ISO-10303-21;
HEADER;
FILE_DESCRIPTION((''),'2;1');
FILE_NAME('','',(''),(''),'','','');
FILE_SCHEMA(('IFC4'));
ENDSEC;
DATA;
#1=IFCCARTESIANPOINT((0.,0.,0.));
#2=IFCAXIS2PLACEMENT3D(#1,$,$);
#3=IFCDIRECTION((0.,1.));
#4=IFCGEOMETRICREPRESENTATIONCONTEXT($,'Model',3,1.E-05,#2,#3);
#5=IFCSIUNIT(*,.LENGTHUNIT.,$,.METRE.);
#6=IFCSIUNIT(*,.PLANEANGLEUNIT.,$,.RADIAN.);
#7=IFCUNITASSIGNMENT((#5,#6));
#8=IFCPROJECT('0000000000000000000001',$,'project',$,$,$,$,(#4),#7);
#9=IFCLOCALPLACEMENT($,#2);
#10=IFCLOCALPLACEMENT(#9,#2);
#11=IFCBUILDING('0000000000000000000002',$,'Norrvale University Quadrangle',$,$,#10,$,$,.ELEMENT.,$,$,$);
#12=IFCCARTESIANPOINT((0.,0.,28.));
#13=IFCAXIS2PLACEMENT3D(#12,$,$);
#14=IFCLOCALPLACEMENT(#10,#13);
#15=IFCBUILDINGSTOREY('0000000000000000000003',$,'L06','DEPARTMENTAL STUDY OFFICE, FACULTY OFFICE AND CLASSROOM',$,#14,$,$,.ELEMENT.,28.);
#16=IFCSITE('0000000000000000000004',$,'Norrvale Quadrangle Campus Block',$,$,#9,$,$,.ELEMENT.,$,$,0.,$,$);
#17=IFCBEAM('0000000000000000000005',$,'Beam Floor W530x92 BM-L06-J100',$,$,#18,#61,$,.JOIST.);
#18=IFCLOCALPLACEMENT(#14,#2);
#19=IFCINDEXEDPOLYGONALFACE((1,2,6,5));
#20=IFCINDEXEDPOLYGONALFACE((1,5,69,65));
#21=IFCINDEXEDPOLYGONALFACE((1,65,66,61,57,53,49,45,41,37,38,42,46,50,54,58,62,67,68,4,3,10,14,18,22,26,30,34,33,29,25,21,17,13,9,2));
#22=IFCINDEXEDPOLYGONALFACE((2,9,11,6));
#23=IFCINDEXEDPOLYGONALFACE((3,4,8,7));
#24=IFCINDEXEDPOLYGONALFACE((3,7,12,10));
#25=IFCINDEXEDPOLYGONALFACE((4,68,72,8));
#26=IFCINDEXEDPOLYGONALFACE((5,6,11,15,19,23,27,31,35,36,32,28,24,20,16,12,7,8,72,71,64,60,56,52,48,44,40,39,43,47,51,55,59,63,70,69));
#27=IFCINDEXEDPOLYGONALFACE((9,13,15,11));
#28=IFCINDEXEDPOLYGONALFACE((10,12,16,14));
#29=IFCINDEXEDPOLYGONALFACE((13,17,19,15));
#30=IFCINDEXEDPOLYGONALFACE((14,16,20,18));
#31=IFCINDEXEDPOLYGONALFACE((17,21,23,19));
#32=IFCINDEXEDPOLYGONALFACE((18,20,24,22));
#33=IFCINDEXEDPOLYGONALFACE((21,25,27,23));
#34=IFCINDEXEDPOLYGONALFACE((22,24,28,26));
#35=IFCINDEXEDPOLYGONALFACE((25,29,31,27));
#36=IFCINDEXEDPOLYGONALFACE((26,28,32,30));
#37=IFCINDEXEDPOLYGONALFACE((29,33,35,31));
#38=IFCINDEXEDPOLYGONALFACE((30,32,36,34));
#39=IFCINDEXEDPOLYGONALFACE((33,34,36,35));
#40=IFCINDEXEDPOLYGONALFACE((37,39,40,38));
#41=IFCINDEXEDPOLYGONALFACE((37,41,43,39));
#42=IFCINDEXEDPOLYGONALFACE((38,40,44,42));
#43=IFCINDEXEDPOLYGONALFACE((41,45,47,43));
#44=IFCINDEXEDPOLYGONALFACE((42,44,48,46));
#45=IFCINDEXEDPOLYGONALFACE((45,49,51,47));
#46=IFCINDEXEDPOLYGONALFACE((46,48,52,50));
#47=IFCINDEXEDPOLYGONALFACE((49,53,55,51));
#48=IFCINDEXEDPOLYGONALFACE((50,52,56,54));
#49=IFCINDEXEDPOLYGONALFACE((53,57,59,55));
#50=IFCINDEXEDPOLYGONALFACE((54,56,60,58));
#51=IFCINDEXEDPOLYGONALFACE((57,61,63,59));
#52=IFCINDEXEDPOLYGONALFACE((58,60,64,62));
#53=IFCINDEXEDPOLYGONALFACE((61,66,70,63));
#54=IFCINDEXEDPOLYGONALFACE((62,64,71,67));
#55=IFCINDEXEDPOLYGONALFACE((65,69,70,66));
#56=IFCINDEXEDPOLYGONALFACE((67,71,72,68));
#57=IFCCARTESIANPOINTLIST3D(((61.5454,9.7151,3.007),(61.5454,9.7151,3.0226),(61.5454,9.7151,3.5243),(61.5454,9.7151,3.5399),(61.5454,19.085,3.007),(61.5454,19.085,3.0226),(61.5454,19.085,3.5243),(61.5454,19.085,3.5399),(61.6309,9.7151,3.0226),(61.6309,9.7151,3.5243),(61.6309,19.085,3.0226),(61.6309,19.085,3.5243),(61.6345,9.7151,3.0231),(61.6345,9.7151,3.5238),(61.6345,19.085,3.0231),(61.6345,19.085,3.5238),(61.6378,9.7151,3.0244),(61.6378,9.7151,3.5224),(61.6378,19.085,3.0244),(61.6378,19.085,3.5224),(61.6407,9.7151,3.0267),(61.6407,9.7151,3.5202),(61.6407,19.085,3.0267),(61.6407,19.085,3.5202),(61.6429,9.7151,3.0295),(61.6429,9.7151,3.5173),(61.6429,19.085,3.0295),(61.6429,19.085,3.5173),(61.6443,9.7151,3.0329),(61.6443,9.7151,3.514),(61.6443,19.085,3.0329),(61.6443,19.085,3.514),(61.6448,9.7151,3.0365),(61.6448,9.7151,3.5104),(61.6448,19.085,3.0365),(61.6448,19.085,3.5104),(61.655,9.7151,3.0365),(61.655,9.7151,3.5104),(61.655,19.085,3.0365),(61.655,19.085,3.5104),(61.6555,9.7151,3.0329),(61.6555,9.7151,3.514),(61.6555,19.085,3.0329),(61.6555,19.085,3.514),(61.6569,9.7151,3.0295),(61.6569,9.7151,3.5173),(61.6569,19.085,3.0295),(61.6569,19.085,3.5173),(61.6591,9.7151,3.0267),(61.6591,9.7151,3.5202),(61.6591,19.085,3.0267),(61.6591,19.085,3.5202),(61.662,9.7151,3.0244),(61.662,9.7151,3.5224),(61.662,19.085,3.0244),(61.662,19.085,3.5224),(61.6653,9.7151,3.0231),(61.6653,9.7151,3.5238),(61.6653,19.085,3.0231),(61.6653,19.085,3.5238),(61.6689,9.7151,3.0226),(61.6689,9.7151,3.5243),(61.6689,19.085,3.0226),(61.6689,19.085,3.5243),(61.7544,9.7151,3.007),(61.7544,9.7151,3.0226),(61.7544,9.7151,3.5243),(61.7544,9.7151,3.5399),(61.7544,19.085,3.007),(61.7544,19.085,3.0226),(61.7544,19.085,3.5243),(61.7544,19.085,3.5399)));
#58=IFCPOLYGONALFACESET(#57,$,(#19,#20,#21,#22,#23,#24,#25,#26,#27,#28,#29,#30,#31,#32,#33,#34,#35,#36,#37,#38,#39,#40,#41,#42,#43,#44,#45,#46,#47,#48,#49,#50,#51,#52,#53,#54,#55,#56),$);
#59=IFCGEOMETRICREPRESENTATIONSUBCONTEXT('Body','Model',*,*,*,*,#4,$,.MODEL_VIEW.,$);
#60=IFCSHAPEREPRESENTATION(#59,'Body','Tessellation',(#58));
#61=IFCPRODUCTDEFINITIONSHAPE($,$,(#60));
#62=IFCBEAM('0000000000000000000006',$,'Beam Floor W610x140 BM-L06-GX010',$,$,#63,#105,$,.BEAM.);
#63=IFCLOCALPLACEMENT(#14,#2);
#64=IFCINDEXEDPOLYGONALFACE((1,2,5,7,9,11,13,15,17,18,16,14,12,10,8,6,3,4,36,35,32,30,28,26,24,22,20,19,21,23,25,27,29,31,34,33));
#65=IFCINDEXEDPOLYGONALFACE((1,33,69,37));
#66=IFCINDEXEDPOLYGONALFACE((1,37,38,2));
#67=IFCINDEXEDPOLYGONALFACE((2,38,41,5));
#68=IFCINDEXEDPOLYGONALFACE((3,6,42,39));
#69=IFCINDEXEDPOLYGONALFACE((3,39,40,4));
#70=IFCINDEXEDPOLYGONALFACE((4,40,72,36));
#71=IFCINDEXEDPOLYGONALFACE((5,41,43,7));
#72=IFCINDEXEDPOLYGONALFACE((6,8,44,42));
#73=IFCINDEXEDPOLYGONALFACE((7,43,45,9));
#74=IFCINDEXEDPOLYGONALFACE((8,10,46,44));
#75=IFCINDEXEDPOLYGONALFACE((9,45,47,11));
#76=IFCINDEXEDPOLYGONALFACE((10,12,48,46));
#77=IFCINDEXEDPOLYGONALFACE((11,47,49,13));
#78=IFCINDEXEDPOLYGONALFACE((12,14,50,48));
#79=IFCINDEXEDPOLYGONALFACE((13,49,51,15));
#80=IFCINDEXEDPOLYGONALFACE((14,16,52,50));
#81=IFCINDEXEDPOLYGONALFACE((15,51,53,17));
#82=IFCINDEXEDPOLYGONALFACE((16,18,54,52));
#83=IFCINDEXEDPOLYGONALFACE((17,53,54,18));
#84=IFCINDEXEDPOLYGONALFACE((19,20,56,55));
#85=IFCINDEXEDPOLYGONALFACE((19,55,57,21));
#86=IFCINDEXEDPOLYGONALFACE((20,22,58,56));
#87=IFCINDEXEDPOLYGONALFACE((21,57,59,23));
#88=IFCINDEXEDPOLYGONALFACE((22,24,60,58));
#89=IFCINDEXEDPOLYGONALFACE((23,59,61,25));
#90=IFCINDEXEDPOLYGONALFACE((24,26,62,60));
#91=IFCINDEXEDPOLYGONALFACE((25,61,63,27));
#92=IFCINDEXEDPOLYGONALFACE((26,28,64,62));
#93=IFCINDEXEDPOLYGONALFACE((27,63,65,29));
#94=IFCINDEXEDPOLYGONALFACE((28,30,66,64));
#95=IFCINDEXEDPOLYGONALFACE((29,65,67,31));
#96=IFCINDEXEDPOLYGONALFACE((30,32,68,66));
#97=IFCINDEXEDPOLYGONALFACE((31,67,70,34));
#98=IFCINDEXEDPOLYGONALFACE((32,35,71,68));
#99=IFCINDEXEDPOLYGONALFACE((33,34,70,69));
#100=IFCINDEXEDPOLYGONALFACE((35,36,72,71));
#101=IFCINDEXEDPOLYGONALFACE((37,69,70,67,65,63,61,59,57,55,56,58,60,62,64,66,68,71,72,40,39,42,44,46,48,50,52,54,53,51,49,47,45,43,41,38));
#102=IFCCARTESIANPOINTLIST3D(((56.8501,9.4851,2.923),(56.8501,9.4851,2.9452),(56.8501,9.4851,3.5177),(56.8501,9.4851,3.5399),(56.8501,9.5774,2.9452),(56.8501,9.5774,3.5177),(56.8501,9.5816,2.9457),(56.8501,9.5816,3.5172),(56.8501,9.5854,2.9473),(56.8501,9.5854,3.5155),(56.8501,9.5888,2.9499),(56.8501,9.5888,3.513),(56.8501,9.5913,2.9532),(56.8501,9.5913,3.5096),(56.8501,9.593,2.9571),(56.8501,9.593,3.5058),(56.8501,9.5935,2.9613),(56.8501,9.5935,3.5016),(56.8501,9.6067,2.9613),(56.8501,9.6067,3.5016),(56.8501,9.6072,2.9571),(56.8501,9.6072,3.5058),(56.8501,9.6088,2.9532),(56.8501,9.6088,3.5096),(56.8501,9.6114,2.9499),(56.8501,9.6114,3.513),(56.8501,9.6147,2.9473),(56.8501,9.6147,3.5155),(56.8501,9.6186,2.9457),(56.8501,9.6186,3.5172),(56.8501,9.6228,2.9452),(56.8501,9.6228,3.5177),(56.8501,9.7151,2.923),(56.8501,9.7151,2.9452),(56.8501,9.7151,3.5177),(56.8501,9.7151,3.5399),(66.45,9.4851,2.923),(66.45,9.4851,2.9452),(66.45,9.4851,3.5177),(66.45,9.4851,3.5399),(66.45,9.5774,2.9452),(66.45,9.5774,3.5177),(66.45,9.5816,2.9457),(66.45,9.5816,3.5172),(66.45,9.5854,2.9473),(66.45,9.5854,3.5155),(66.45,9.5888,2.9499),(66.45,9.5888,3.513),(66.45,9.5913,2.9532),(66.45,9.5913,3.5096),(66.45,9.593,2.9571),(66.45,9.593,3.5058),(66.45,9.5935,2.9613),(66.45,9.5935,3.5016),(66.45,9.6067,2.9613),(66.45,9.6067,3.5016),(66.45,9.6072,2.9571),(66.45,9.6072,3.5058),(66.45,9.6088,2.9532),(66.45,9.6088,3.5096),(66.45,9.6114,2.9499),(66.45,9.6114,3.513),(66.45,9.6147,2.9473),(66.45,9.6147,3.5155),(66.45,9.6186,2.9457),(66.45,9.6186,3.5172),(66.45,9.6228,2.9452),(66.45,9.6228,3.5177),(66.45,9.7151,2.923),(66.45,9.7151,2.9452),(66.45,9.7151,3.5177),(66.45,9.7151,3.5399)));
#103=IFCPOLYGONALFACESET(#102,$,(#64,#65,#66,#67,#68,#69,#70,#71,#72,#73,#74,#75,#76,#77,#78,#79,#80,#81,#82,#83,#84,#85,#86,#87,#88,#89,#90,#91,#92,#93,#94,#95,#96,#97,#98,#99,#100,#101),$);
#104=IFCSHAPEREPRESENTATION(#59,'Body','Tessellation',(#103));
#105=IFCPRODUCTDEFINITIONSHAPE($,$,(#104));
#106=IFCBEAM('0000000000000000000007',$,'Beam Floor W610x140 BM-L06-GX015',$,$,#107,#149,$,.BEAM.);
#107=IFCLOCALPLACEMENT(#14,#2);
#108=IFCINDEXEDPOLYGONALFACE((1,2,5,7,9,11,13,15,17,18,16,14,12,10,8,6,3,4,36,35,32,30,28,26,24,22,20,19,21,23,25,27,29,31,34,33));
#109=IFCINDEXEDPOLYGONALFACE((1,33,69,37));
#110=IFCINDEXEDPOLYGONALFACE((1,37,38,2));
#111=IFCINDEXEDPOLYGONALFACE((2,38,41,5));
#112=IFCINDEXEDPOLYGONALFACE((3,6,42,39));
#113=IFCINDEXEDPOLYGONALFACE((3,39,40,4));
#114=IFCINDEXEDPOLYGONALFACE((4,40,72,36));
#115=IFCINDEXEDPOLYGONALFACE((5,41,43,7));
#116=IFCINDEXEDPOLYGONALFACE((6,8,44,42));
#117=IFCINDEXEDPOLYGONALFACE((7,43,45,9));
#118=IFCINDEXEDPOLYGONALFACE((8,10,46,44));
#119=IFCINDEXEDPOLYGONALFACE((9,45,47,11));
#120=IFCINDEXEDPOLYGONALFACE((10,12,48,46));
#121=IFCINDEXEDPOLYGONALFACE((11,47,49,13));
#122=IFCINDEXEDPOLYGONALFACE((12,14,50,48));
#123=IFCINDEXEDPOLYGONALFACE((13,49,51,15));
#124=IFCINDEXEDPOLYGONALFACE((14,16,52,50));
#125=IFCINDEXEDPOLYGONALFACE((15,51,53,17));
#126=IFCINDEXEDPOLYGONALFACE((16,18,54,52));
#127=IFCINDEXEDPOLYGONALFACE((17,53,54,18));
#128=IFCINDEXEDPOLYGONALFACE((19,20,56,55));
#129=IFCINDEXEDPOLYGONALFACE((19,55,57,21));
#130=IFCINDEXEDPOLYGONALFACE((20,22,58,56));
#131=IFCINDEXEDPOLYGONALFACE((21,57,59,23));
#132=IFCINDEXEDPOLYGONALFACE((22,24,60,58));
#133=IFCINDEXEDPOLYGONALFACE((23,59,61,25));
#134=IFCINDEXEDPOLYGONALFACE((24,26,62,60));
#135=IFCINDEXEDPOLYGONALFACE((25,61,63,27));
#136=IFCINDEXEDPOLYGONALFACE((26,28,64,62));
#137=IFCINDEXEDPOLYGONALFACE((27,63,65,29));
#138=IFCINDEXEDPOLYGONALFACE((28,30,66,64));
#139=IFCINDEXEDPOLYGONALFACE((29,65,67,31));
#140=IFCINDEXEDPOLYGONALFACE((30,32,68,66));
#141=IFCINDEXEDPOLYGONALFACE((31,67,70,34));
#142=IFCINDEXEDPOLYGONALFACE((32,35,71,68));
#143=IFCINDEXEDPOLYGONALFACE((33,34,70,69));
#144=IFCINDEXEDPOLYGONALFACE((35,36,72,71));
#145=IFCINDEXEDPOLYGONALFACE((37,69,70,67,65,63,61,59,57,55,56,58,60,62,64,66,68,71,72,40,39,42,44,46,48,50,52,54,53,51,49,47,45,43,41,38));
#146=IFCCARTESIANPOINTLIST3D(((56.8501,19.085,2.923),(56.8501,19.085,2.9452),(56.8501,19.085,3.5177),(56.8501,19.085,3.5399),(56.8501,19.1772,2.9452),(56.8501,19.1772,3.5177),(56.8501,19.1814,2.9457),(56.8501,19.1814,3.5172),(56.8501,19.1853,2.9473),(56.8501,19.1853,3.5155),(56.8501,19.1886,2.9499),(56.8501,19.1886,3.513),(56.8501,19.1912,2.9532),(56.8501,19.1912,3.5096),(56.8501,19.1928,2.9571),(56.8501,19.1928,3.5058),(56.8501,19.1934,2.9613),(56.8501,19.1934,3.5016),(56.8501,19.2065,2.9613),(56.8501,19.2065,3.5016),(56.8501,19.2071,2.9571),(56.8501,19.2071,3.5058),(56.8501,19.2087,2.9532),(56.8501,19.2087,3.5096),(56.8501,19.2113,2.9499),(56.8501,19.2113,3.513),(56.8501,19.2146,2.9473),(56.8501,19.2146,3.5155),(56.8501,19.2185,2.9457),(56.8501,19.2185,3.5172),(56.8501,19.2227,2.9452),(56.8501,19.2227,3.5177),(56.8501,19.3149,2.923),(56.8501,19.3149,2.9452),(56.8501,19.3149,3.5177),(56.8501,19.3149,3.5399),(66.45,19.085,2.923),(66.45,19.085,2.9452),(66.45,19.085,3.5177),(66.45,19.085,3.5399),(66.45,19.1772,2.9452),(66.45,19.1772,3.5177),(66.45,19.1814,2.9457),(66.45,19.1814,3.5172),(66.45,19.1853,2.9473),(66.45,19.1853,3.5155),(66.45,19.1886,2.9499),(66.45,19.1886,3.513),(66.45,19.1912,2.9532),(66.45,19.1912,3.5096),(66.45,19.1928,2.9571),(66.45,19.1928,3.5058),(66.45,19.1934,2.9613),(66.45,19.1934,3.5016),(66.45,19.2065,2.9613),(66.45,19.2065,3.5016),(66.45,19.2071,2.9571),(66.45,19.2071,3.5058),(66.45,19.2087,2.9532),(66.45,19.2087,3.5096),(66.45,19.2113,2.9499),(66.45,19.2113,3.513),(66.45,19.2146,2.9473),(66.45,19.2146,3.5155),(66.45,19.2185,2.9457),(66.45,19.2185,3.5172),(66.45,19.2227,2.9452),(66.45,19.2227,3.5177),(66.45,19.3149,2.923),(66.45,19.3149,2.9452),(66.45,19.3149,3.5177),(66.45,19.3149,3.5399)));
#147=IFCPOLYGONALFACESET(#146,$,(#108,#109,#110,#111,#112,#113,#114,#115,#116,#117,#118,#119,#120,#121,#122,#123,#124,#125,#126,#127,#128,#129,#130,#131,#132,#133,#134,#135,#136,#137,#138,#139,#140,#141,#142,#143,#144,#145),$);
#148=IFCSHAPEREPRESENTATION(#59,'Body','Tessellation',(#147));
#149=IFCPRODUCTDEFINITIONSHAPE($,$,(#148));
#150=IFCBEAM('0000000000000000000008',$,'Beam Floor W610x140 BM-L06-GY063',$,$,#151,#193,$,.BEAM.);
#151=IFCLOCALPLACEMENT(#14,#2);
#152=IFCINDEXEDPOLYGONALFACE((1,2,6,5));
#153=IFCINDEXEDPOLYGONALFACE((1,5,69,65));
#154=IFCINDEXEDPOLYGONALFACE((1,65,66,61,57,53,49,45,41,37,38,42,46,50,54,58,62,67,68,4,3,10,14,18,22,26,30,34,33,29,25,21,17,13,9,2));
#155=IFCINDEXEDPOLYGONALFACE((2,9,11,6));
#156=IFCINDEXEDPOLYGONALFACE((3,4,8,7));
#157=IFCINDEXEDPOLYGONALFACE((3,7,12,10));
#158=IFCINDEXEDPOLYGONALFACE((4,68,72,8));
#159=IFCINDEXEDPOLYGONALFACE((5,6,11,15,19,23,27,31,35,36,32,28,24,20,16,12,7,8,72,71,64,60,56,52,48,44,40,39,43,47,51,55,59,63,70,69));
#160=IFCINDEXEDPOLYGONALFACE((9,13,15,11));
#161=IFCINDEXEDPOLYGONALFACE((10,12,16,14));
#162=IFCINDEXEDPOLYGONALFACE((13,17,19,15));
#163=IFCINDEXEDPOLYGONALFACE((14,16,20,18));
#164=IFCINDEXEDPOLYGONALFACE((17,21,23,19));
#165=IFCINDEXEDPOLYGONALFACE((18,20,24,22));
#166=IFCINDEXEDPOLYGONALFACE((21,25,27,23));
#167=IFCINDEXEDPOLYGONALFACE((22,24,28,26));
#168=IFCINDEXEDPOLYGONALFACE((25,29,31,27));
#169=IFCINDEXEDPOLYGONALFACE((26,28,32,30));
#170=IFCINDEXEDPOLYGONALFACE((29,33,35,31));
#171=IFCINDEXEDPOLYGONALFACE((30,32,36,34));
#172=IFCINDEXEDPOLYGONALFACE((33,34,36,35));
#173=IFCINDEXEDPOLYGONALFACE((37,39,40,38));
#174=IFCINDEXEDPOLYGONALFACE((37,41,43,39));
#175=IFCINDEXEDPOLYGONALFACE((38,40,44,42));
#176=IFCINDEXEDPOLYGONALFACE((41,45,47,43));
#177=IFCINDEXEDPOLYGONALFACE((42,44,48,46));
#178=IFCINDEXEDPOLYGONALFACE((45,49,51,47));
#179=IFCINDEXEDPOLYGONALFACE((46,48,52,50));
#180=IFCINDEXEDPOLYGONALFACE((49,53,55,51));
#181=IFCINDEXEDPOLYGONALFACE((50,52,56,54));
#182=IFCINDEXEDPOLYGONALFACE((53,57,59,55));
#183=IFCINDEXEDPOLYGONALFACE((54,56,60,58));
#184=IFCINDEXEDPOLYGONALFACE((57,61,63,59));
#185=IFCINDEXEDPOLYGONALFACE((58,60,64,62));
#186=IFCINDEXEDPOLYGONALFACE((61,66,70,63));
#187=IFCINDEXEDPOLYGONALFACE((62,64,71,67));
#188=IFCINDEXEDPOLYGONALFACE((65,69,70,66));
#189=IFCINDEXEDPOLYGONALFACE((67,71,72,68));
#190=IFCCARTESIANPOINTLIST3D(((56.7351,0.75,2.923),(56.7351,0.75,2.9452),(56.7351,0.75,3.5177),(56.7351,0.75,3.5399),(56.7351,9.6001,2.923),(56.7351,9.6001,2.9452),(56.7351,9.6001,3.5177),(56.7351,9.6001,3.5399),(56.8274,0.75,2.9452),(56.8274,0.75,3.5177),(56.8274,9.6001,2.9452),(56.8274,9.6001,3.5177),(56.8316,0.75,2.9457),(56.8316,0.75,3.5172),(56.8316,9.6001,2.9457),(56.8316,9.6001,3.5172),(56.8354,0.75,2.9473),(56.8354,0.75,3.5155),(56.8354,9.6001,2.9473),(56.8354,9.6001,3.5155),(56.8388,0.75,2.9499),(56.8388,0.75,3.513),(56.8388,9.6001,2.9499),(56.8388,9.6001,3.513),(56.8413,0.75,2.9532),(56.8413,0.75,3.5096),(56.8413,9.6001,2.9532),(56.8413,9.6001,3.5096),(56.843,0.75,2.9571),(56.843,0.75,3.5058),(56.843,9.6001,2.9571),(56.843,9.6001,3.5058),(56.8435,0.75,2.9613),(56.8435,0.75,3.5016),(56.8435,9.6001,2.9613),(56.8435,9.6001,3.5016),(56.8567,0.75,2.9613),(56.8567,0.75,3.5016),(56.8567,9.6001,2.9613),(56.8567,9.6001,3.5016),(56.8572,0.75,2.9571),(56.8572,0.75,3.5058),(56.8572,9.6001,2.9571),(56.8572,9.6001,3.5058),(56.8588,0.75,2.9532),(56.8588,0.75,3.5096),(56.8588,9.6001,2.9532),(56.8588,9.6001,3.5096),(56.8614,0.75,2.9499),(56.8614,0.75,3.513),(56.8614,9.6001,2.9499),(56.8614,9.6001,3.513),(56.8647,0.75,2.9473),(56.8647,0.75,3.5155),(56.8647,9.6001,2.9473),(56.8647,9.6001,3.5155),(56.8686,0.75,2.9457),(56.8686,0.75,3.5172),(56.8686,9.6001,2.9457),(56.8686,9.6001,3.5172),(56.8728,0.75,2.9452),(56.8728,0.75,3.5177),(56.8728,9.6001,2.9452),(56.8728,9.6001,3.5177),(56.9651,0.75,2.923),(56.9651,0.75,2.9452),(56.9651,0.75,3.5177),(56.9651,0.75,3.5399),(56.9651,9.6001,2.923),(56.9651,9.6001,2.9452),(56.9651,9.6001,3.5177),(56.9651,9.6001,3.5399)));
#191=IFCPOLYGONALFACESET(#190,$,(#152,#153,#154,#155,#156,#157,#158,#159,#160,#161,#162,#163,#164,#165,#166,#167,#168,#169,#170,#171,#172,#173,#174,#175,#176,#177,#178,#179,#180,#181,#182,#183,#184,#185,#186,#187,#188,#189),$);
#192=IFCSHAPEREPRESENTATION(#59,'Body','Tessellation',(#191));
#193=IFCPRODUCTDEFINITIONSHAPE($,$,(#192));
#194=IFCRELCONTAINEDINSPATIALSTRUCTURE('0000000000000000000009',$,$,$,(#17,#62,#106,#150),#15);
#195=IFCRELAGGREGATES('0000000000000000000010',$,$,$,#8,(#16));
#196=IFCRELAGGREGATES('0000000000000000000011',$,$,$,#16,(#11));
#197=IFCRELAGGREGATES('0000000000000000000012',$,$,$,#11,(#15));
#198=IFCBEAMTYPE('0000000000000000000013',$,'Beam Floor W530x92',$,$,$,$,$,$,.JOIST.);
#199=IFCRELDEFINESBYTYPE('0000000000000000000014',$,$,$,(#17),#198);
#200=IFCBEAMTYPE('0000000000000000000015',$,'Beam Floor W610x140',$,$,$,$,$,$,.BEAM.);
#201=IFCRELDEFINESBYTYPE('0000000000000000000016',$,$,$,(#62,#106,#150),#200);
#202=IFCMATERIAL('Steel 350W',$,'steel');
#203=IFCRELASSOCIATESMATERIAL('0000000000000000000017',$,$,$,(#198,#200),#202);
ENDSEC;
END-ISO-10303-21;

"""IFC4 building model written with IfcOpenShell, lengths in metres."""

from ifc_helpers import new_model, si_unit, direction, frame, origin, origin_2d, place, context, subcontext, project, spatial, i_section, extrude, material, material_profile, profile_set, type_object, element, save


model = new_model("IFC4")

# Units and contexts
model_context = context("Model", 3, precision=1e-05, world=origin(), true_north=direction((0.0, 1.0)))
body_context = subcontext(model_context, "Body", "Model", "MODEL_VIEW")
ifc_project = project(units=[si_unit("LENGTHUNIT", "METRE"), si_unit("PLANEANGLEUNIT", "RADIAN")], contexts=[model_context])

# Site, building, storey
site_placement = place(None, origin())
site = spatial("IfcSite", under=ifc_project, at=site_placement, Name="Norrvale Quadrangle Campus Block", CompositionType="ELEMENT", RefElevation=0.0)
building_placement = place(site_placement, origin())
building = spatial("IfcBuilding", under=site, at=building_placement, Name="Norrvale University Quadrangle", CompositionType="ELEMENT")
storey_placement = place(building_placement, frame((0.0, 0.0, 28.0)))
storey = spatial("IfcBuildingStorey", under=building, at=storey_placement, Name="L06", Description="DEPARTMENTAL STUDY OFFICE, FACULTY OFFICE AND CLASSROOM", CompositionType="ELEMENT", Elevation=28.0)

# Beams
ifc_material_1 = material(Name="Steel 350W", Category="steel")
ifc_material_profile_1 = material_profile(ifc_material_1, i_section(OverallWidth=0.209, OverallDepth=0.533, WebThickness=0.0103, FlangeThickness=0.0156, FilletRadius=0.0139, at=origin_2d()), Name="Steel 350W")
ifc_profile_set_1 = profile_set([ifc_material_profile_1], Name="Steel 350W")
beam_type_1 = type_object("IfcBeamType", Name="Beam Floor W530x92", PredefinedType="JOIST", material=ifc_profile_set_1)
for number, where, z_axis, x_axis, name in (
    (1, (61.6499, 9.7151, 3.2734), (0.0, 1.0, 0.0), (-1.0, 0.0, 0.0), "Beam Floor W530x92 BM-L06-J100"),
):
    element("IfcBeam", number, at=place(storey_placement, frame(where, z_axis=z_axis, x_axis=x_axis)), inside=storey, type_object=beam_type_1, Name=name, PredefinedType="JOIST", context=body_context, shape_type="SweptSolid", body=[
        extrude(i_section(OverallWidth=0.209, OverallDepth=0.533, WebThickness=0.0103, FlangeThickness=0.0156, FilletRadius=0.0139, at=origin_2d()), origin(), (0.0, 0.0, 1.0), 9.3699),
    ])
ifc_material_profile_2 = material_profile(ifc_material_1, i_section(OverallWidth=0.23, OverallDepth=0.6169, WebThickness=0.0132, FlangeThickness=0.0222, FilletRadius=0.0161, at=origin_2d()), Name="Steel 350W")
ifc_profile_set_2 = profile_set([ifc_material_profile_2], Name="Steel 350W")
beam_type_2 = type_object("IfcBeamType", Name="Beam Floor W610x140", PredefinedType="BEAM", material=ifc_profile_set_2)
for number, where, z_axis, x_axis, name in (
    (2, (56.8501, 9.6001, 3.2314), (1.0, 0.0, 0.0), (0.0, 1.0, 0.0), "Beam Floor W610x140 BM-L06-GX010"),
    (3, (56.8501, 19.2, 3.2314), (1.0, 0.0, 0.0), (0.0, 1.0, 0.0), "Beam Floor W610x140 BM-L06-GX015"),
):
    element("IfcBeam", number, at=place(storey_placement, frame(where, z_axis=z_axis, x_axis=x_axis)), inside=storey, type_object=beam_type_2, Name=name, PredefinedType="BEAM", context=body_context, shape_type="SweptSolid", body=[
        extrude(i_section(OverallWidth=0.23, OverallDepth=0.6169, WebThickness=0.0132, FlangeThickness=0.0222, FilletRadius=0.0161, at=origin_2d()), origin(), (0.0, 0.0, 1.0), 9.5999),
    ])
beam_1_placement = place(storey_placement, frame((56.8501, 0.75, 3.2314), z_axis=(0.0, 1.0, 0.0), x_axis=(-1.0, 0.0, 0.0)))
element("IfcBeam", 4, at=beam_1_placement, inside=storey, type_object=beam_type_2, Name="Beam Floor W610x140 BM-L06-GY063", PredefinedType="BEAM", context=body_context, shape_type="SweptSolid", body=[
    extrude(i_section(OverallWidth=0.23, OverallDepth=0.6169, WebThickness=0.0132, FlangeThickness=0.0222, FilletRadius=0.0161, at=origin_2d()), origin(), (0.0, 0.0, 1.0), 8.8501),
])

save(model, "model.ifc")
